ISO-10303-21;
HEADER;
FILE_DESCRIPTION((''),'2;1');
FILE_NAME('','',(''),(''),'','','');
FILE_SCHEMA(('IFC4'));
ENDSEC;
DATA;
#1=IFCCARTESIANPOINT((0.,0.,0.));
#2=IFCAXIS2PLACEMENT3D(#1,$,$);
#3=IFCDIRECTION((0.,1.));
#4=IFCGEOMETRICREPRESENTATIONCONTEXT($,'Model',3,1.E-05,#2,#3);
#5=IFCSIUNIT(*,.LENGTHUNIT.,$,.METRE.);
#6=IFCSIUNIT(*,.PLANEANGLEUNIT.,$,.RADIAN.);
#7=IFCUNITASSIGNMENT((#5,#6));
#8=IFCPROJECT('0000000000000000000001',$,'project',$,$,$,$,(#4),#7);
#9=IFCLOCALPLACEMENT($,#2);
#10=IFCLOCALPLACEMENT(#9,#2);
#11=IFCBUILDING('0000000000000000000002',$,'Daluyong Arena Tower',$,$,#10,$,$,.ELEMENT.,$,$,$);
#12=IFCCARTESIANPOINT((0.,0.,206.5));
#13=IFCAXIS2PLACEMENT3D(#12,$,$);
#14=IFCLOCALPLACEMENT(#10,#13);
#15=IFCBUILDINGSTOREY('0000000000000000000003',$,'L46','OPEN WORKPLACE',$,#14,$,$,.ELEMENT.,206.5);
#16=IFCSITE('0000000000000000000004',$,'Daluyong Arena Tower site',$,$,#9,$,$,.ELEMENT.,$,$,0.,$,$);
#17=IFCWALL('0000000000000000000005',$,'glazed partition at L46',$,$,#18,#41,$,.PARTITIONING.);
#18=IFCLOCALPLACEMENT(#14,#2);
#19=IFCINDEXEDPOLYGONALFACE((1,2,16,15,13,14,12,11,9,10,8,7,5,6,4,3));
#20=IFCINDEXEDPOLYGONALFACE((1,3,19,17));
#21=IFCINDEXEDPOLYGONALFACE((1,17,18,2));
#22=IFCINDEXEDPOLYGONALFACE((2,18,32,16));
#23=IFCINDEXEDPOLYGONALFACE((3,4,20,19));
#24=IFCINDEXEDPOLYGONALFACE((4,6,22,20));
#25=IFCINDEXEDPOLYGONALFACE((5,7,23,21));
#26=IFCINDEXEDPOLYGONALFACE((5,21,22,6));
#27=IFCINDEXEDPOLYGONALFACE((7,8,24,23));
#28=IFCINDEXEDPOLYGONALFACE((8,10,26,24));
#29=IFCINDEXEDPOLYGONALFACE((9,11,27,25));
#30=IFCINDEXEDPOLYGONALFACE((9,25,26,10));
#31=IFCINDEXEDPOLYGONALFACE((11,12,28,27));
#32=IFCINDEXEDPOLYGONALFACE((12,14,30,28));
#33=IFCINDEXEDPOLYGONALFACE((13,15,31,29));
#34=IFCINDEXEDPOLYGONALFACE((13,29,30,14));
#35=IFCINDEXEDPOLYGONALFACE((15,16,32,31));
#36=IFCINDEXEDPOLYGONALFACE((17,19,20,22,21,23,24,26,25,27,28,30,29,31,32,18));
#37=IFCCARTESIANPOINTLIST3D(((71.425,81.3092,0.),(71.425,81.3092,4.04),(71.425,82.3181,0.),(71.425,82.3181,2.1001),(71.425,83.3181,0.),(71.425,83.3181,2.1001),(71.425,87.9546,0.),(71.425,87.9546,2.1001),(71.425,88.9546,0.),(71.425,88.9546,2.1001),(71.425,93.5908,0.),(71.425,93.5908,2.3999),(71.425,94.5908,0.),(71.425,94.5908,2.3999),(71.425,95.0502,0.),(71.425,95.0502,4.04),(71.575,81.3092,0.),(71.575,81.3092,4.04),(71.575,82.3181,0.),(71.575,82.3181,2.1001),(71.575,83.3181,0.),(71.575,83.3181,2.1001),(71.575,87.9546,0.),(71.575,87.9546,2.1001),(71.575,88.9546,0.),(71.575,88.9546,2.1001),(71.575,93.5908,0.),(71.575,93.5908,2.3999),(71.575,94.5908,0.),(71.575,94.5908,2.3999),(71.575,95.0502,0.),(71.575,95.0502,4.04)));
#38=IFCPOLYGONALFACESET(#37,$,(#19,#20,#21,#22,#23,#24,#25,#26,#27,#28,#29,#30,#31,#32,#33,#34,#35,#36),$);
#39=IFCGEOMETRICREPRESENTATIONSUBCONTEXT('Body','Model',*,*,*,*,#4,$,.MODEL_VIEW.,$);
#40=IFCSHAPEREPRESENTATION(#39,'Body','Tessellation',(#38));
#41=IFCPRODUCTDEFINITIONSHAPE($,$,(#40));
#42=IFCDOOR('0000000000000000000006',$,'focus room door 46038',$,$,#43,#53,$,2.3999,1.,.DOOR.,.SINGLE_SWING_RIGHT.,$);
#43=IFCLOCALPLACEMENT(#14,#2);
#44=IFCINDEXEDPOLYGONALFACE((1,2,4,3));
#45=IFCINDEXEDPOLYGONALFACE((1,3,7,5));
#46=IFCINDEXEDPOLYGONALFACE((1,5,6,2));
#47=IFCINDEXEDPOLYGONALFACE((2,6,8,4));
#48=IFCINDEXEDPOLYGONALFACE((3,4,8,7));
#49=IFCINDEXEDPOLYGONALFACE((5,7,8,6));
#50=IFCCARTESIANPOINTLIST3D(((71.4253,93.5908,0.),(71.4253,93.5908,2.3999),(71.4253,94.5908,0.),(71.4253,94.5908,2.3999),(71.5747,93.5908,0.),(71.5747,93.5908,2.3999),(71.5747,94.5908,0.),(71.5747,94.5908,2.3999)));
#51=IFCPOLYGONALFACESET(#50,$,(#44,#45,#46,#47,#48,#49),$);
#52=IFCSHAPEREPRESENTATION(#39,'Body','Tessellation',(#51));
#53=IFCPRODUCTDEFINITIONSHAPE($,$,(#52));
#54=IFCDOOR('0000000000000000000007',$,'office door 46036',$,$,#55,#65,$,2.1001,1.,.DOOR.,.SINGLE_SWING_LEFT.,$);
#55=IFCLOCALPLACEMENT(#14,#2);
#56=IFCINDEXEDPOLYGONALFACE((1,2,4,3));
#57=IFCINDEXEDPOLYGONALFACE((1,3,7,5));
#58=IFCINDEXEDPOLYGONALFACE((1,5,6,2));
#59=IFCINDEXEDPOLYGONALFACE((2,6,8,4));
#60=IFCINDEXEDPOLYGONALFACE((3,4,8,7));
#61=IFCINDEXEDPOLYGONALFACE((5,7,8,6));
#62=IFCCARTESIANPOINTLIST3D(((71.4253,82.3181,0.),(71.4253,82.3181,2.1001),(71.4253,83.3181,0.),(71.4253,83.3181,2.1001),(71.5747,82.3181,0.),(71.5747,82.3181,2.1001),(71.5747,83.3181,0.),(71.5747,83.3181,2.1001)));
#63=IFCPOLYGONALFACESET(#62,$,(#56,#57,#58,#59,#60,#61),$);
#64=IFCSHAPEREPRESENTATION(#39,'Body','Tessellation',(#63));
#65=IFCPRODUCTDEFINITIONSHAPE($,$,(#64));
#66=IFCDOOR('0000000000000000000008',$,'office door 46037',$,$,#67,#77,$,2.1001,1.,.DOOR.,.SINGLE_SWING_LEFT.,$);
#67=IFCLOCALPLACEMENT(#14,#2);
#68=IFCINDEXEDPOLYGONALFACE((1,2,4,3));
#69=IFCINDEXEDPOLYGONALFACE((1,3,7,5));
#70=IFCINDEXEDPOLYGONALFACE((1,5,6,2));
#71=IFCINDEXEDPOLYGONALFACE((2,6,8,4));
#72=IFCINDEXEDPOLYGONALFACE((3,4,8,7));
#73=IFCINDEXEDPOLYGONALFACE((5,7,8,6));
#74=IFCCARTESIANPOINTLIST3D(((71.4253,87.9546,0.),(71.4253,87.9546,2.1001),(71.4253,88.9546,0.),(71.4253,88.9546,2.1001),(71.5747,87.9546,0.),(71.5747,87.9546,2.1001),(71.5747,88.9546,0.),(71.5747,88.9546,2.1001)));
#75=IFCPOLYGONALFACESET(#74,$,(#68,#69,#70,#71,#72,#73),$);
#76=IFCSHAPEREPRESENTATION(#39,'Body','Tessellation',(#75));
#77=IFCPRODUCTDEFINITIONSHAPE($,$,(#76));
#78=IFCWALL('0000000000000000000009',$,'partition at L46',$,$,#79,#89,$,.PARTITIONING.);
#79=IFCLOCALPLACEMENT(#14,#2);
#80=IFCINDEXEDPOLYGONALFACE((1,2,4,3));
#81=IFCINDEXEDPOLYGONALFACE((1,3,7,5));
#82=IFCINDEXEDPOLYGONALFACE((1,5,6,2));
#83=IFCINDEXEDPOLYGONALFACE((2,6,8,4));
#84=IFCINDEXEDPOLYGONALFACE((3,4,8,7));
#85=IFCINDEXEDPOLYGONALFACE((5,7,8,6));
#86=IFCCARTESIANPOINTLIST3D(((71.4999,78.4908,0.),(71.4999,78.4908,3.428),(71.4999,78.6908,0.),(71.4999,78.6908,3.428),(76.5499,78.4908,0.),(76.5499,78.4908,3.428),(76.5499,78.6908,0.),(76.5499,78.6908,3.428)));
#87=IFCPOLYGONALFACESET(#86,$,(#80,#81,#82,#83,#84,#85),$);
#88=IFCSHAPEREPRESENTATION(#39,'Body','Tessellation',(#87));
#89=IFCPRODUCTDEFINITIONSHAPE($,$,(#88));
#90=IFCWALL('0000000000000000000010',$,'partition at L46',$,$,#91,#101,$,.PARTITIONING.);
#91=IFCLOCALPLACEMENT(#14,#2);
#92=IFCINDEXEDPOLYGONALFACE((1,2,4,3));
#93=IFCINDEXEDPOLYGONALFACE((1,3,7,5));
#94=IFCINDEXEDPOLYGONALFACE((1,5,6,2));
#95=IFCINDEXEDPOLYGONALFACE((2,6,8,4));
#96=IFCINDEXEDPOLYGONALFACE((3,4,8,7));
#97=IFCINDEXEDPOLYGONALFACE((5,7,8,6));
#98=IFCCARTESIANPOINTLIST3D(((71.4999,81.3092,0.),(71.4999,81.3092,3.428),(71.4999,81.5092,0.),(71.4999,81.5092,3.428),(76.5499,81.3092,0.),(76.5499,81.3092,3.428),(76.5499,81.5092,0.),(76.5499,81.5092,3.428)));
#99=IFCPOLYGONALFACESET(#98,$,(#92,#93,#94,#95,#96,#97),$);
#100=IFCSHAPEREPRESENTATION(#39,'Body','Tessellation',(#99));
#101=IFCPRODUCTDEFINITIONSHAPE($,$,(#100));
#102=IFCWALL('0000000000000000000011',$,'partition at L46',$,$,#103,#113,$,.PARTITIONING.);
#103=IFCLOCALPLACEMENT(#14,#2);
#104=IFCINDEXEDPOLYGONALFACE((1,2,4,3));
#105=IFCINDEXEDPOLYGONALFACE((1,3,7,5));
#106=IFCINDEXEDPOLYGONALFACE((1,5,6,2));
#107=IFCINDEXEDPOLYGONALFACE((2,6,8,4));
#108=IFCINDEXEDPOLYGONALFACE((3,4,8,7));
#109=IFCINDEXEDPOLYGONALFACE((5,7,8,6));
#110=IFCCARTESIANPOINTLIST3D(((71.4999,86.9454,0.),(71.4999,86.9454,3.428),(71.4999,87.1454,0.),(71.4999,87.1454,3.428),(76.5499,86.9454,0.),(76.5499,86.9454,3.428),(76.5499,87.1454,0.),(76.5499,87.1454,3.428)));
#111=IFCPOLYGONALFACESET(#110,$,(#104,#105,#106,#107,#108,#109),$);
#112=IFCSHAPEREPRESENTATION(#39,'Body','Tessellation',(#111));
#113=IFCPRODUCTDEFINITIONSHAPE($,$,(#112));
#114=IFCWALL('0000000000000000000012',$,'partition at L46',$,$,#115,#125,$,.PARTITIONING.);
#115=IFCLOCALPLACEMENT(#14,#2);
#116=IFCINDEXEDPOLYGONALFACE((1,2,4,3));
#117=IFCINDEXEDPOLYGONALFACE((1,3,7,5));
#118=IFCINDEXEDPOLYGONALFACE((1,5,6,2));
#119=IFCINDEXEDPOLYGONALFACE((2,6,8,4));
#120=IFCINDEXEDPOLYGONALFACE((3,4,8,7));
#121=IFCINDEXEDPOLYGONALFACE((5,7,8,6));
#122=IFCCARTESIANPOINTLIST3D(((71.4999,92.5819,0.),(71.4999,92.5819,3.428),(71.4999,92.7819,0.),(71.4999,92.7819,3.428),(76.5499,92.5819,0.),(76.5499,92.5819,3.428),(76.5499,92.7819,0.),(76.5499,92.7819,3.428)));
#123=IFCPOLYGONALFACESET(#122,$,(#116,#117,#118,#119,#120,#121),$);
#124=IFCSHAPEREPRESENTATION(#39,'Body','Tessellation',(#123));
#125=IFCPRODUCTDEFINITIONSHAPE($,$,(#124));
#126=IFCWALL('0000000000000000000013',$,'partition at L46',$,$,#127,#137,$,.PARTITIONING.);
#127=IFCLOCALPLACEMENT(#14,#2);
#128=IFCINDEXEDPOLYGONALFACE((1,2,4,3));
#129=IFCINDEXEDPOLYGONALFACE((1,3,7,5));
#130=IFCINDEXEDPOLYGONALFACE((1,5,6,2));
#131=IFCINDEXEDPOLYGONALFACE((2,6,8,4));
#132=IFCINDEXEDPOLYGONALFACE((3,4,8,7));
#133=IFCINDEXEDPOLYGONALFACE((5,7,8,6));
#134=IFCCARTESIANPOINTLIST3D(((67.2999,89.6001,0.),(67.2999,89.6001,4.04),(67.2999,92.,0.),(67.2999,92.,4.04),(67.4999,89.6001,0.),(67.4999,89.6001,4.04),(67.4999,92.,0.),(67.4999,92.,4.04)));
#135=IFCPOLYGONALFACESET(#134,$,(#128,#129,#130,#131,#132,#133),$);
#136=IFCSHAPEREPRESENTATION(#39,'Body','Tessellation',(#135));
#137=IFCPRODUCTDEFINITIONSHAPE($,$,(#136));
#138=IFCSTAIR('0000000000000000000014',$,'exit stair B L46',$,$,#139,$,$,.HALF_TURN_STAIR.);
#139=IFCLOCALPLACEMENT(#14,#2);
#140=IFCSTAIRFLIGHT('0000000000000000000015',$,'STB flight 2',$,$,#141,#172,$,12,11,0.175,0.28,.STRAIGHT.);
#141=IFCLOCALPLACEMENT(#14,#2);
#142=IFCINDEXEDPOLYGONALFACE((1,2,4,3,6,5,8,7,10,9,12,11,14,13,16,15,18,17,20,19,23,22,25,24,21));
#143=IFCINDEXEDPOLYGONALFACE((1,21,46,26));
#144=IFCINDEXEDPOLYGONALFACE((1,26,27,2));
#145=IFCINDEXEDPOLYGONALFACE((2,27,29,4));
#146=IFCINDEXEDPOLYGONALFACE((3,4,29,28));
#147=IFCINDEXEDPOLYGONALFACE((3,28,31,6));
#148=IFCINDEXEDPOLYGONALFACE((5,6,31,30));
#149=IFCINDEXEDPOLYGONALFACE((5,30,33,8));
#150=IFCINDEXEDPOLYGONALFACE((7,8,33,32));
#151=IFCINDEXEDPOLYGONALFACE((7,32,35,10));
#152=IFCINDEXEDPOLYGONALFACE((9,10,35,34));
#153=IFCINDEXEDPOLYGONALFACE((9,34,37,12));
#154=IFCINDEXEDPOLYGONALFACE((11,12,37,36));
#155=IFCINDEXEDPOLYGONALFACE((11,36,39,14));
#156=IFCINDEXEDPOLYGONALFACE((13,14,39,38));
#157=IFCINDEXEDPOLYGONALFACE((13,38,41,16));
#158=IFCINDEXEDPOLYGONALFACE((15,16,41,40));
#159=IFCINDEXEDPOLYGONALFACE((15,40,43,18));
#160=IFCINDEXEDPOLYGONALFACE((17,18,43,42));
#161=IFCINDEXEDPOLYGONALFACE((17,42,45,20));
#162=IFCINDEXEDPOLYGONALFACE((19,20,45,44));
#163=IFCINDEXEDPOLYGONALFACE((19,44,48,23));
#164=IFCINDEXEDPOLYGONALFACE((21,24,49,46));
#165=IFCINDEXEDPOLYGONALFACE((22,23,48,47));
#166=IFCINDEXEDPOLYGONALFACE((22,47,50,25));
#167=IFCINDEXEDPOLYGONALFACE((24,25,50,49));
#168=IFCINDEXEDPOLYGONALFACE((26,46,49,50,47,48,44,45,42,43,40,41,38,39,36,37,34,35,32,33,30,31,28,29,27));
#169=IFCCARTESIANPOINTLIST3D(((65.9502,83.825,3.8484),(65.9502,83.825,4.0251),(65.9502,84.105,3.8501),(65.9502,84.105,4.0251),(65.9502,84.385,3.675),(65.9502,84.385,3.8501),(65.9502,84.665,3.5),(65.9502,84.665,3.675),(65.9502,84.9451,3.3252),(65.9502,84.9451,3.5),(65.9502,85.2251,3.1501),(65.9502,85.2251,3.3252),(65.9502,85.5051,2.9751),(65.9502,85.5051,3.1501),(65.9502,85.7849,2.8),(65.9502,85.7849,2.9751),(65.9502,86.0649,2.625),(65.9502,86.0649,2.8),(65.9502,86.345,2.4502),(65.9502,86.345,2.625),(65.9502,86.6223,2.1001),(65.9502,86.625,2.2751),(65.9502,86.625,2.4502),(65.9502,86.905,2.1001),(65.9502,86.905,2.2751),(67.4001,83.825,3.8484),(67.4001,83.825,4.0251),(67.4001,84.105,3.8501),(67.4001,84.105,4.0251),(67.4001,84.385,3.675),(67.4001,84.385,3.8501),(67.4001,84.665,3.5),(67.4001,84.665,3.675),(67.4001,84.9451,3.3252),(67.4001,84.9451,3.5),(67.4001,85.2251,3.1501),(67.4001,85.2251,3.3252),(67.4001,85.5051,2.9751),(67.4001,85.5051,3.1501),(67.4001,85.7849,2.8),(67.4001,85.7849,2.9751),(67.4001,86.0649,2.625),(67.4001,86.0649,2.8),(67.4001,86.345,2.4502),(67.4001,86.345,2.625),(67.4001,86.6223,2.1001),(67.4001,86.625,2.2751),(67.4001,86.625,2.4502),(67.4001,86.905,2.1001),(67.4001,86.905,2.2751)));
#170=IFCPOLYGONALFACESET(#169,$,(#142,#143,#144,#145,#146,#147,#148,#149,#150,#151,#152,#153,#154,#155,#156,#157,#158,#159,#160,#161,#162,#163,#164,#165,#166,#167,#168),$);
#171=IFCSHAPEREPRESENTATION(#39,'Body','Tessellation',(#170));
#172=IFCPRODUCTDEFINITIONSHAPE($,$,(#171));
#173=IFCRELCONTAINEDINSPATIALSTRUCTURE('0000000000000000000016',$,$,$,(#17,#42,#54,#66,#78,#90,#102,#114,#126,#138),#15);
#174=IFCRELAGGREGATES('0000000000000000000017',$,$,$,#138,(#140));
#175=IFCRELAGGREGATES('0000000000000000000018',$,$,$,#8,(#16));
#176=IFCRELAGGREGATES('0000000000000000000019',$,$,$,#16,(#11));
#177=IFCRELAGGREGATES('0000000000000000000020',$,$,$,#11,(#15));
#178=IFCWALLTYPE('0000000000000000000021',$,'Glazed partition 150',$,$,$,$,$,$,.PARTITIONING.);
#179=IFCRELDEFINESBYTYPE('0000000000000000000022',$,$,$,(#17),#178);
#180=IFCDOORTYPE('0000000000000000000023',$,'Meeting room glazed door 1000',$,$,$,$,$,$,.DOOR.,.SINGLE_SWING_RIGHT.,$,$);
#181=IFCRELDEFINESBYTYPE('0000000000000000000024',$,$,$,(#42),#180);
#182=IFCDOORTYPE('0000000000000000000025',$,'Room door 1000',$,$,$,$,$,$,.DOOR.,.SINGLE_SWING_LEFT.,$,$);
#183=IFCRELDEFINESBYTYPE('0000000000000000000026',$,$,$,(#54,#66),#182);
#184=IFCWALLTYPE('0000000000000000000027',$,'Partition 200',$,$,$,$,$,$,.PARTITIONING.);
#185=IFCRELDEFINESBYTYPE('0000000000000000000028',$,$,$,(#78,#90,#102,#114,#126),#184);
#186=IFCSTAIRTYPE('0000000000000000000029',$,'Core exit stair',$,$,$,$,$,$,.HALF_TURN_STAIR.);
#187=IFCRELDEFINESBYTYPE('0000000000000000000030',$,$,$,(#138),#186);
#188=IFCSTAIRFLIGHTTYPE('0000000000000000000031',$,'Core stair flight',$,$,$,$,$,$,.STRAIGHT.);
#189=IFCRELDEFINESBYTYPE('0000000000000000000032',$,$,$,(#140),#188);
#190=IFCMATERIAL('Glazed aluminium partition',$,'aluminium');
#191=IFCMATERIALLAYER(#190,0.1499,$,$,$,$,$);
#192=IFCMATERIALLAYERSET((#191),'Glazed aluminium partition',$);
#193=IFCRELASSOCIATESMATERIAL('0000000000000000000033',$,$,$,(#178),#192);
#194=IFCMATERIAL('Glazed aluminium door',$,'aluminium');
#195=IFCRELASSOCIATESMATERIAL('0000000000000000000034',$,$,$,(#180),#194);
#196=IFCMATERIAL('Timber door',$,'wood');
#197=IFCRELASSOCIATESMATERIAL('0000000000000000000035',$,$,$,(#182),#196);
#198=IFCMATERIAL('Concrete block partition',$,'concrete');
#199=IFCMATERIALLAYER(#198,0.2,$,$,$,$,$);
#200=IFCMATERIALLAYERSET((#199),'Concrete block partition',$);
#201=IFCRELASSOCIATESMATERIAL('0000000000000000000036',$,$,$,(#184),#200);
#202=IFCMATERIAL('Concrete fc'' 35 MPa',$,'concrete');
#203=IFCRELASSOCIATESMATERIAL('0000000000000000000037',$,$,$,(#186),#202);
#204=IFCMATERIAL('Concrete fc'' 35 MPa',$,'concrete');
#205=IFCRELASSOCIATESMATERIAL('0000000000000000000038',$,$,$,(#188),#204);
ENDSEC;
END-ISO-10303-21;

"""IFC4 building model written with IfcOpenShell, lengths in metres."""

from ifc_helpers import new_model, si_unit, direction, frame, frame_2d, origin, place, context, subcontext, project, spatial, polyline, rectangle, outline, extrude, material, layer, layer_set, type_object, element, fill, aggregate, save


model = new_model("IFC4")

# Units and contexts
model_context = context("Model", 3, precision=1e-05, world=origin(), true_north=direction((0.0, 1.0)))
body_context = subcontext(model_context, "Body", "Model", "MODEL_VIEW")
ifc_project = project(units=[si_unit("LENGTHUNIT", "METRE"), si_unit("PLANEANGLEUNIT", "RADIAN")], contexts=[model_context])

# Site, building, storey
site_placement = place(None, origin())
site = spatial("IfcSite", under=ifc_project, at=site_placement, Name="Daluyong Arena Tower site", CompositionType="ELEMENT", RefElevation=0.0)
building_placement = place(site_placement, origin())
building = spatial("IfcBuilding", under=site, at=building_placement, Name="Daluyong Arena Tower", CompositionType="ELEMENT")
storey_placement = place(building_placement, frame((0.0, 0.0, 206.5)))
storey = spatial("IfcBuildingStorey", under=building, at=storey_placement, Name="L46", Description="OPEN WORKPLACE", CompositionType="ELEMENT", Elevation=206.5)

# Wall, openings, doors
ifc_material_1 = material(Name="Glazed aluminium partition", Category="aluminium")
ifc_layer_1 = layer(ifc_material_1, 0.1499)
ifc_layer_set_1 = layer_set([ifc_layer_1], Name="Glazed aluminium partition")
wall_type_1 = type_object("IfcWallType", Name="Glazed partition 150", PredefinedType="PARTITIONING", material=ifc_layer_set_1)
wall_1_placement = place(storey_placement, frame((71.5, 81.3091, 0.0), z_axis=(0.0, 0.0, 1.0), x_axis=(0.0, 1.0, 0.0)))
wall_1 = element("IfcWall", 1, at=wall_1_placement, inside=storey, type_object=wall_type_1, Name="glazed partition at L46", PredefinedType="PARTITIONING", context=body_context, shape_type="SweptSolid", body=[
    extrude(rectangle(XDim=13.741, YDim=0.1499, at=frame_2d((6.8706, 0.0))), origin(), (0.0, 0.0, 1.0), 4.04),
])
opening_1_placement = place(wall_1_placement, frame((1.009, 0.0, 0.0)))
opening_1 = element("IfcOpeningElement", 2, at=opening_1_placement, cuts=wall_1, PredefinedType="OPENING", context=body_context, shape_type="SweptSolid", body=[
    extrude(rectangle(XDim=1.0, YDim=2.1001, at=frame_2d((0.5, 1.05))), frame((0.0, 0.085, 0.0), z_axis=(0.0, -1.0, 0.0), x_axis=(1.0, 0.0, 0.0)), (0.0, 0.0, 1.0), 0.1699),
])
opening_2_placement = place(wall_1_placement, frame((6.6455, 0.0, 0.0)))
opening_2 = element("IfcOpeningElement", 3, at=opening_2_placement, cuts=wall_1, PredefinedType="OPENING", context=body_context, shape_type="SweptSolid", body=[
    extrude(rectangle(XDim=1.0, YDim=2.1001, at=frame_2d((0.5, 1.05))), frame((0.0, 0.085, 0.0), z_axis=(0.0, -1.0, 0.0), x_axis=(1.0, 0.0, 0.0)), (0.0, 0.0, 1.0), 0.1699),
])
opening_3_placement = place(wall_1_placement, frame((12.2817, 0.0, 0.0)))
opening_3 = element("IfcOpeningElement", 4, at=opening_3_placement, cuts=wall_1, PredefinedType="OPENING", context=body_context, shape_type="SweptSolid", body=[
    extrude(rectangle(XDim=1.0, YDim=2.3999, at=frame_2d((0.5, 1.2))), frame((0.0, 0.085, 0.0), z_axis=(0.0, -1.0, 0.0), x_axis=(1.0, 0.0, 0.0)), (0.0, 0.0, 1.0), 0.1699),
])
ifc_material_2 = material(Name="Glazed aluminium door", Category="aluminium")
door_type_1 = type_object("IfcDoorType", Name="Meeting room glazed door 1000", OperationType="SINGLE_SWING_RIGHT", PredefinedType="DOOR", material=ifc_material_2)
door_1_placement = place(opening_3_placement, origin())
door_1 = element("IfcDoor", 5, at=door_1_placement, inside=storey, type_object=door_type_1, Name="focus room door 46038", OperationType="SINGLE_SWING_RIGHT", OverallHeight=2.3999, OverallWidth=1.0, PredefinedType="DOOR", context=body_context, shape_type="SweptSolid", body=[
    extrude(rectangle(XDim=1.0, YDim=2.3999, at=frame_2d((0.5, 1.2))), frame((0.0, 0.0747, 0.0), z_axis=(0.0, -1.0, 0.0), x_axis=(1.0, 0.0, 0.0)), (0.0, 0.0, 1.0), 0.1494),
])
fill(opening_3, door_1)
ifc_material_3 = material(Name="Timber door", Category="wood")
door_type_2 = type_object("IfcDoorType", Name="Room door 1000", OperationType="SINGLE_SWING_LEFT", PredefinedType="DOOR", material=ifc_material_3)
door_2_placement = place(opening_1_placement, origin())
door_2 = element("IfcDoor", 6, at=door_2_placement, inside=storey, type_object=door_type_2, Name="office door 46036", OperationType="SINGLE_SWING_LEFT", OverallHeight=2.1001, OverallWidth=1.0, PredefinedType="DOOR", context=body_context, shape_type="SweptSolid", body=[
    extrude(rectangle(XDim=1.0, YDim=2.1001, at=frame_2d((0.5, 1.05))), frame((0.0, 0.0747, 0.0), z_axis=(0.0, -1.0, 0.0), x_axis=(1.0, 0.0, 0.0)), (0.0, 0.0, 1.0), 0.1494),
])
fill(opening_1, door_2)
door_3_placement = place(opening_2_placement, origin())
door_3 = element("IfcDoor", 7, at=door_3_placement, inside=storey, type_object=door_type_2, Name="office door 46037", OperationType="SINGLE_SWING_LEFT", OverallHeight=2.1001, OverallWidth=1.0, PredefinedType="DOOR", context=body_context, shape_type="SweptSolid", body=[
    extrude(rectangle(XDim=1.0, YDim=2.1001, at=frame_2d((0.5, 1.05))), frame((0.0, 0.0747, 0.0), z_axis=(0.0, -1.0, 0.0), x_axis=(1.0, 0.0, 0.0)), (0.0, 0.0, 1.0), 0.1494),
])
fill(opening_2, door_3)

# Walls
ifc_material_4 = material(Name="Concrete block partition", Category="concrete")
ifc_layer_2 = layer(ifc_material_4, 0.2)
ifc_layer_set_2 = layer_set([ifc_layer_2], Name="Concrete block partition")
wall_type_2 = type_object("IfcWallType", Name="Partition 200", PredefinedType="PARTITIONING", material=ifc_layer_set_2)
for number, where, z_axis, x_axis, name in (
    (8, (71.5, 78.5908, 0.0), (0.0, 0.0, 1.0), (1.0, 0.0, 0.0), "partition at L46"),
    (9, (71.5, 81.4092, 0.0), (0.0, 0.0, 1.0), (1.0, 0.0, 0.0), "partition at L46"),
    (10, (71.5, 87.0454, 0.0), (0.0, 0.0, 1.0), (1.0, 0.0, 0.0), "partition at L46"),
    (11, (71.5, 92.6819, 0.0), (0.0, 0.0, 1.0), (1.0, 0.0, 0.0), "partition at L46"),
):
    element("IfcWall", number, at=place(storey_placement, frame(where, z_axis=z_axis, x_axis=x_axis)), inside=storey, type_object=wall_type_2, Name=name, PredefinedType="PARTITIONING", context=body_context, shape_type="SweptSolid", body=[
        extrude(rectangle(XDim=5.05, YDim=0.2, at=frame_2d((2.5249, 0.0))), origin(), (0.0, 0.0, 1.0), 3.428),
    ])
wall_2_placement = place(storey_placement, frame((67.3999, 89.6001, 0.0), z_axis=(0.0, 0.0, 1.0), x_axis=(0.0, 1.0, 0.0)))
element("IfcWall", 12, at=wall_2_placement, inside=storey, type_object=wall_type_2, Name="partition at L46", PredefinedType="PARTITIONING", context=body_context, shape_type="SweptSolid", body=[
    extrude(rectangle(XDim=2.3999, YDim=0.2, at=frame_2d((1.2, 0.0))), origin(), (0.0, 0.0, 1.0), 4.04),
])

# Stair, stair flight
ifc_material_5 = material(Name="Concrete fc' 35 MPa", Category="concrete")
stair_type = type_object("IfcStairType", Name="Core exit stair", PredefinedType="HALF_TURN_STAIR", material=ifc_material_5)
stair_placement = place(storey_placement, origin())
stair = element("IfcStair", 13, at=stair_placement, inside=storey, type_object=stair_type, Name="exit stair B L46", PredefinedType="HALF_TURN_STAIR")
ifc_material_6 = material(Name="Concrete fc' 35 MPa", Category="concrete")
stair_flight_type = type_object("IfcStairFlightType", Name="Core stair flight", PredefinedType="STRAIGHT", material=ifc_material_6)
stair_flight_placement = place(storey_placement, frame((66.675, 86.905, 2.1001), z_axis=(0.0, 0.0, 1.0), x_axis=(0.0, -1.0, 0.0)))
stair_flight = element("IfcStairFlight", 14, at=stair_flight_placement, type_object=stair_flight_type, Name="STB flight 2", NumberOfRisers=12, NumberOfTreads=11, PredefinedType="STRAIGHT", RiserHeight=0.175, TreadLength=0.28, context=body_context, shape_type="SweptSolid", body=[
    extrude(outline(polyline([(0.0, 0.0), (0.0, 0.175), (0.28, 0.175), (0.28, 0.3501), (0.5601, 0.3501), (0.5601, 0.5249), (0.8401, 0.5249), (0.8401, 0.7), (1.1201, 0.7), (1.1201, 0.875), (1.3999, 0.875), (1.3999, 1.05), (1.6799, 1.05), (1.6799, 1.2251), (1.96, 1.2251), (1.96, 1.3999), (2.24, 1.3999), (2.24, 1.575), (2.52, 1.575), (2.52, 1.75), (2.8, 1.75), (2.8, 1.925), (3.0801, 1.925), (3.0801, 2.1001), (3.0801, 1.7483), (0.2827, 0.0), (0.0, 0.0)])), frame((0.0, 0.7251, 0.0), z_axis=(0.0, -1.0, 0.0), x_axis=(1.0, 0.0, 0.0)), (0.0, 0.0, 1.0), 1.45),
])
aggregate(stair, [stair_flight])

save(model, "model.ifc")
